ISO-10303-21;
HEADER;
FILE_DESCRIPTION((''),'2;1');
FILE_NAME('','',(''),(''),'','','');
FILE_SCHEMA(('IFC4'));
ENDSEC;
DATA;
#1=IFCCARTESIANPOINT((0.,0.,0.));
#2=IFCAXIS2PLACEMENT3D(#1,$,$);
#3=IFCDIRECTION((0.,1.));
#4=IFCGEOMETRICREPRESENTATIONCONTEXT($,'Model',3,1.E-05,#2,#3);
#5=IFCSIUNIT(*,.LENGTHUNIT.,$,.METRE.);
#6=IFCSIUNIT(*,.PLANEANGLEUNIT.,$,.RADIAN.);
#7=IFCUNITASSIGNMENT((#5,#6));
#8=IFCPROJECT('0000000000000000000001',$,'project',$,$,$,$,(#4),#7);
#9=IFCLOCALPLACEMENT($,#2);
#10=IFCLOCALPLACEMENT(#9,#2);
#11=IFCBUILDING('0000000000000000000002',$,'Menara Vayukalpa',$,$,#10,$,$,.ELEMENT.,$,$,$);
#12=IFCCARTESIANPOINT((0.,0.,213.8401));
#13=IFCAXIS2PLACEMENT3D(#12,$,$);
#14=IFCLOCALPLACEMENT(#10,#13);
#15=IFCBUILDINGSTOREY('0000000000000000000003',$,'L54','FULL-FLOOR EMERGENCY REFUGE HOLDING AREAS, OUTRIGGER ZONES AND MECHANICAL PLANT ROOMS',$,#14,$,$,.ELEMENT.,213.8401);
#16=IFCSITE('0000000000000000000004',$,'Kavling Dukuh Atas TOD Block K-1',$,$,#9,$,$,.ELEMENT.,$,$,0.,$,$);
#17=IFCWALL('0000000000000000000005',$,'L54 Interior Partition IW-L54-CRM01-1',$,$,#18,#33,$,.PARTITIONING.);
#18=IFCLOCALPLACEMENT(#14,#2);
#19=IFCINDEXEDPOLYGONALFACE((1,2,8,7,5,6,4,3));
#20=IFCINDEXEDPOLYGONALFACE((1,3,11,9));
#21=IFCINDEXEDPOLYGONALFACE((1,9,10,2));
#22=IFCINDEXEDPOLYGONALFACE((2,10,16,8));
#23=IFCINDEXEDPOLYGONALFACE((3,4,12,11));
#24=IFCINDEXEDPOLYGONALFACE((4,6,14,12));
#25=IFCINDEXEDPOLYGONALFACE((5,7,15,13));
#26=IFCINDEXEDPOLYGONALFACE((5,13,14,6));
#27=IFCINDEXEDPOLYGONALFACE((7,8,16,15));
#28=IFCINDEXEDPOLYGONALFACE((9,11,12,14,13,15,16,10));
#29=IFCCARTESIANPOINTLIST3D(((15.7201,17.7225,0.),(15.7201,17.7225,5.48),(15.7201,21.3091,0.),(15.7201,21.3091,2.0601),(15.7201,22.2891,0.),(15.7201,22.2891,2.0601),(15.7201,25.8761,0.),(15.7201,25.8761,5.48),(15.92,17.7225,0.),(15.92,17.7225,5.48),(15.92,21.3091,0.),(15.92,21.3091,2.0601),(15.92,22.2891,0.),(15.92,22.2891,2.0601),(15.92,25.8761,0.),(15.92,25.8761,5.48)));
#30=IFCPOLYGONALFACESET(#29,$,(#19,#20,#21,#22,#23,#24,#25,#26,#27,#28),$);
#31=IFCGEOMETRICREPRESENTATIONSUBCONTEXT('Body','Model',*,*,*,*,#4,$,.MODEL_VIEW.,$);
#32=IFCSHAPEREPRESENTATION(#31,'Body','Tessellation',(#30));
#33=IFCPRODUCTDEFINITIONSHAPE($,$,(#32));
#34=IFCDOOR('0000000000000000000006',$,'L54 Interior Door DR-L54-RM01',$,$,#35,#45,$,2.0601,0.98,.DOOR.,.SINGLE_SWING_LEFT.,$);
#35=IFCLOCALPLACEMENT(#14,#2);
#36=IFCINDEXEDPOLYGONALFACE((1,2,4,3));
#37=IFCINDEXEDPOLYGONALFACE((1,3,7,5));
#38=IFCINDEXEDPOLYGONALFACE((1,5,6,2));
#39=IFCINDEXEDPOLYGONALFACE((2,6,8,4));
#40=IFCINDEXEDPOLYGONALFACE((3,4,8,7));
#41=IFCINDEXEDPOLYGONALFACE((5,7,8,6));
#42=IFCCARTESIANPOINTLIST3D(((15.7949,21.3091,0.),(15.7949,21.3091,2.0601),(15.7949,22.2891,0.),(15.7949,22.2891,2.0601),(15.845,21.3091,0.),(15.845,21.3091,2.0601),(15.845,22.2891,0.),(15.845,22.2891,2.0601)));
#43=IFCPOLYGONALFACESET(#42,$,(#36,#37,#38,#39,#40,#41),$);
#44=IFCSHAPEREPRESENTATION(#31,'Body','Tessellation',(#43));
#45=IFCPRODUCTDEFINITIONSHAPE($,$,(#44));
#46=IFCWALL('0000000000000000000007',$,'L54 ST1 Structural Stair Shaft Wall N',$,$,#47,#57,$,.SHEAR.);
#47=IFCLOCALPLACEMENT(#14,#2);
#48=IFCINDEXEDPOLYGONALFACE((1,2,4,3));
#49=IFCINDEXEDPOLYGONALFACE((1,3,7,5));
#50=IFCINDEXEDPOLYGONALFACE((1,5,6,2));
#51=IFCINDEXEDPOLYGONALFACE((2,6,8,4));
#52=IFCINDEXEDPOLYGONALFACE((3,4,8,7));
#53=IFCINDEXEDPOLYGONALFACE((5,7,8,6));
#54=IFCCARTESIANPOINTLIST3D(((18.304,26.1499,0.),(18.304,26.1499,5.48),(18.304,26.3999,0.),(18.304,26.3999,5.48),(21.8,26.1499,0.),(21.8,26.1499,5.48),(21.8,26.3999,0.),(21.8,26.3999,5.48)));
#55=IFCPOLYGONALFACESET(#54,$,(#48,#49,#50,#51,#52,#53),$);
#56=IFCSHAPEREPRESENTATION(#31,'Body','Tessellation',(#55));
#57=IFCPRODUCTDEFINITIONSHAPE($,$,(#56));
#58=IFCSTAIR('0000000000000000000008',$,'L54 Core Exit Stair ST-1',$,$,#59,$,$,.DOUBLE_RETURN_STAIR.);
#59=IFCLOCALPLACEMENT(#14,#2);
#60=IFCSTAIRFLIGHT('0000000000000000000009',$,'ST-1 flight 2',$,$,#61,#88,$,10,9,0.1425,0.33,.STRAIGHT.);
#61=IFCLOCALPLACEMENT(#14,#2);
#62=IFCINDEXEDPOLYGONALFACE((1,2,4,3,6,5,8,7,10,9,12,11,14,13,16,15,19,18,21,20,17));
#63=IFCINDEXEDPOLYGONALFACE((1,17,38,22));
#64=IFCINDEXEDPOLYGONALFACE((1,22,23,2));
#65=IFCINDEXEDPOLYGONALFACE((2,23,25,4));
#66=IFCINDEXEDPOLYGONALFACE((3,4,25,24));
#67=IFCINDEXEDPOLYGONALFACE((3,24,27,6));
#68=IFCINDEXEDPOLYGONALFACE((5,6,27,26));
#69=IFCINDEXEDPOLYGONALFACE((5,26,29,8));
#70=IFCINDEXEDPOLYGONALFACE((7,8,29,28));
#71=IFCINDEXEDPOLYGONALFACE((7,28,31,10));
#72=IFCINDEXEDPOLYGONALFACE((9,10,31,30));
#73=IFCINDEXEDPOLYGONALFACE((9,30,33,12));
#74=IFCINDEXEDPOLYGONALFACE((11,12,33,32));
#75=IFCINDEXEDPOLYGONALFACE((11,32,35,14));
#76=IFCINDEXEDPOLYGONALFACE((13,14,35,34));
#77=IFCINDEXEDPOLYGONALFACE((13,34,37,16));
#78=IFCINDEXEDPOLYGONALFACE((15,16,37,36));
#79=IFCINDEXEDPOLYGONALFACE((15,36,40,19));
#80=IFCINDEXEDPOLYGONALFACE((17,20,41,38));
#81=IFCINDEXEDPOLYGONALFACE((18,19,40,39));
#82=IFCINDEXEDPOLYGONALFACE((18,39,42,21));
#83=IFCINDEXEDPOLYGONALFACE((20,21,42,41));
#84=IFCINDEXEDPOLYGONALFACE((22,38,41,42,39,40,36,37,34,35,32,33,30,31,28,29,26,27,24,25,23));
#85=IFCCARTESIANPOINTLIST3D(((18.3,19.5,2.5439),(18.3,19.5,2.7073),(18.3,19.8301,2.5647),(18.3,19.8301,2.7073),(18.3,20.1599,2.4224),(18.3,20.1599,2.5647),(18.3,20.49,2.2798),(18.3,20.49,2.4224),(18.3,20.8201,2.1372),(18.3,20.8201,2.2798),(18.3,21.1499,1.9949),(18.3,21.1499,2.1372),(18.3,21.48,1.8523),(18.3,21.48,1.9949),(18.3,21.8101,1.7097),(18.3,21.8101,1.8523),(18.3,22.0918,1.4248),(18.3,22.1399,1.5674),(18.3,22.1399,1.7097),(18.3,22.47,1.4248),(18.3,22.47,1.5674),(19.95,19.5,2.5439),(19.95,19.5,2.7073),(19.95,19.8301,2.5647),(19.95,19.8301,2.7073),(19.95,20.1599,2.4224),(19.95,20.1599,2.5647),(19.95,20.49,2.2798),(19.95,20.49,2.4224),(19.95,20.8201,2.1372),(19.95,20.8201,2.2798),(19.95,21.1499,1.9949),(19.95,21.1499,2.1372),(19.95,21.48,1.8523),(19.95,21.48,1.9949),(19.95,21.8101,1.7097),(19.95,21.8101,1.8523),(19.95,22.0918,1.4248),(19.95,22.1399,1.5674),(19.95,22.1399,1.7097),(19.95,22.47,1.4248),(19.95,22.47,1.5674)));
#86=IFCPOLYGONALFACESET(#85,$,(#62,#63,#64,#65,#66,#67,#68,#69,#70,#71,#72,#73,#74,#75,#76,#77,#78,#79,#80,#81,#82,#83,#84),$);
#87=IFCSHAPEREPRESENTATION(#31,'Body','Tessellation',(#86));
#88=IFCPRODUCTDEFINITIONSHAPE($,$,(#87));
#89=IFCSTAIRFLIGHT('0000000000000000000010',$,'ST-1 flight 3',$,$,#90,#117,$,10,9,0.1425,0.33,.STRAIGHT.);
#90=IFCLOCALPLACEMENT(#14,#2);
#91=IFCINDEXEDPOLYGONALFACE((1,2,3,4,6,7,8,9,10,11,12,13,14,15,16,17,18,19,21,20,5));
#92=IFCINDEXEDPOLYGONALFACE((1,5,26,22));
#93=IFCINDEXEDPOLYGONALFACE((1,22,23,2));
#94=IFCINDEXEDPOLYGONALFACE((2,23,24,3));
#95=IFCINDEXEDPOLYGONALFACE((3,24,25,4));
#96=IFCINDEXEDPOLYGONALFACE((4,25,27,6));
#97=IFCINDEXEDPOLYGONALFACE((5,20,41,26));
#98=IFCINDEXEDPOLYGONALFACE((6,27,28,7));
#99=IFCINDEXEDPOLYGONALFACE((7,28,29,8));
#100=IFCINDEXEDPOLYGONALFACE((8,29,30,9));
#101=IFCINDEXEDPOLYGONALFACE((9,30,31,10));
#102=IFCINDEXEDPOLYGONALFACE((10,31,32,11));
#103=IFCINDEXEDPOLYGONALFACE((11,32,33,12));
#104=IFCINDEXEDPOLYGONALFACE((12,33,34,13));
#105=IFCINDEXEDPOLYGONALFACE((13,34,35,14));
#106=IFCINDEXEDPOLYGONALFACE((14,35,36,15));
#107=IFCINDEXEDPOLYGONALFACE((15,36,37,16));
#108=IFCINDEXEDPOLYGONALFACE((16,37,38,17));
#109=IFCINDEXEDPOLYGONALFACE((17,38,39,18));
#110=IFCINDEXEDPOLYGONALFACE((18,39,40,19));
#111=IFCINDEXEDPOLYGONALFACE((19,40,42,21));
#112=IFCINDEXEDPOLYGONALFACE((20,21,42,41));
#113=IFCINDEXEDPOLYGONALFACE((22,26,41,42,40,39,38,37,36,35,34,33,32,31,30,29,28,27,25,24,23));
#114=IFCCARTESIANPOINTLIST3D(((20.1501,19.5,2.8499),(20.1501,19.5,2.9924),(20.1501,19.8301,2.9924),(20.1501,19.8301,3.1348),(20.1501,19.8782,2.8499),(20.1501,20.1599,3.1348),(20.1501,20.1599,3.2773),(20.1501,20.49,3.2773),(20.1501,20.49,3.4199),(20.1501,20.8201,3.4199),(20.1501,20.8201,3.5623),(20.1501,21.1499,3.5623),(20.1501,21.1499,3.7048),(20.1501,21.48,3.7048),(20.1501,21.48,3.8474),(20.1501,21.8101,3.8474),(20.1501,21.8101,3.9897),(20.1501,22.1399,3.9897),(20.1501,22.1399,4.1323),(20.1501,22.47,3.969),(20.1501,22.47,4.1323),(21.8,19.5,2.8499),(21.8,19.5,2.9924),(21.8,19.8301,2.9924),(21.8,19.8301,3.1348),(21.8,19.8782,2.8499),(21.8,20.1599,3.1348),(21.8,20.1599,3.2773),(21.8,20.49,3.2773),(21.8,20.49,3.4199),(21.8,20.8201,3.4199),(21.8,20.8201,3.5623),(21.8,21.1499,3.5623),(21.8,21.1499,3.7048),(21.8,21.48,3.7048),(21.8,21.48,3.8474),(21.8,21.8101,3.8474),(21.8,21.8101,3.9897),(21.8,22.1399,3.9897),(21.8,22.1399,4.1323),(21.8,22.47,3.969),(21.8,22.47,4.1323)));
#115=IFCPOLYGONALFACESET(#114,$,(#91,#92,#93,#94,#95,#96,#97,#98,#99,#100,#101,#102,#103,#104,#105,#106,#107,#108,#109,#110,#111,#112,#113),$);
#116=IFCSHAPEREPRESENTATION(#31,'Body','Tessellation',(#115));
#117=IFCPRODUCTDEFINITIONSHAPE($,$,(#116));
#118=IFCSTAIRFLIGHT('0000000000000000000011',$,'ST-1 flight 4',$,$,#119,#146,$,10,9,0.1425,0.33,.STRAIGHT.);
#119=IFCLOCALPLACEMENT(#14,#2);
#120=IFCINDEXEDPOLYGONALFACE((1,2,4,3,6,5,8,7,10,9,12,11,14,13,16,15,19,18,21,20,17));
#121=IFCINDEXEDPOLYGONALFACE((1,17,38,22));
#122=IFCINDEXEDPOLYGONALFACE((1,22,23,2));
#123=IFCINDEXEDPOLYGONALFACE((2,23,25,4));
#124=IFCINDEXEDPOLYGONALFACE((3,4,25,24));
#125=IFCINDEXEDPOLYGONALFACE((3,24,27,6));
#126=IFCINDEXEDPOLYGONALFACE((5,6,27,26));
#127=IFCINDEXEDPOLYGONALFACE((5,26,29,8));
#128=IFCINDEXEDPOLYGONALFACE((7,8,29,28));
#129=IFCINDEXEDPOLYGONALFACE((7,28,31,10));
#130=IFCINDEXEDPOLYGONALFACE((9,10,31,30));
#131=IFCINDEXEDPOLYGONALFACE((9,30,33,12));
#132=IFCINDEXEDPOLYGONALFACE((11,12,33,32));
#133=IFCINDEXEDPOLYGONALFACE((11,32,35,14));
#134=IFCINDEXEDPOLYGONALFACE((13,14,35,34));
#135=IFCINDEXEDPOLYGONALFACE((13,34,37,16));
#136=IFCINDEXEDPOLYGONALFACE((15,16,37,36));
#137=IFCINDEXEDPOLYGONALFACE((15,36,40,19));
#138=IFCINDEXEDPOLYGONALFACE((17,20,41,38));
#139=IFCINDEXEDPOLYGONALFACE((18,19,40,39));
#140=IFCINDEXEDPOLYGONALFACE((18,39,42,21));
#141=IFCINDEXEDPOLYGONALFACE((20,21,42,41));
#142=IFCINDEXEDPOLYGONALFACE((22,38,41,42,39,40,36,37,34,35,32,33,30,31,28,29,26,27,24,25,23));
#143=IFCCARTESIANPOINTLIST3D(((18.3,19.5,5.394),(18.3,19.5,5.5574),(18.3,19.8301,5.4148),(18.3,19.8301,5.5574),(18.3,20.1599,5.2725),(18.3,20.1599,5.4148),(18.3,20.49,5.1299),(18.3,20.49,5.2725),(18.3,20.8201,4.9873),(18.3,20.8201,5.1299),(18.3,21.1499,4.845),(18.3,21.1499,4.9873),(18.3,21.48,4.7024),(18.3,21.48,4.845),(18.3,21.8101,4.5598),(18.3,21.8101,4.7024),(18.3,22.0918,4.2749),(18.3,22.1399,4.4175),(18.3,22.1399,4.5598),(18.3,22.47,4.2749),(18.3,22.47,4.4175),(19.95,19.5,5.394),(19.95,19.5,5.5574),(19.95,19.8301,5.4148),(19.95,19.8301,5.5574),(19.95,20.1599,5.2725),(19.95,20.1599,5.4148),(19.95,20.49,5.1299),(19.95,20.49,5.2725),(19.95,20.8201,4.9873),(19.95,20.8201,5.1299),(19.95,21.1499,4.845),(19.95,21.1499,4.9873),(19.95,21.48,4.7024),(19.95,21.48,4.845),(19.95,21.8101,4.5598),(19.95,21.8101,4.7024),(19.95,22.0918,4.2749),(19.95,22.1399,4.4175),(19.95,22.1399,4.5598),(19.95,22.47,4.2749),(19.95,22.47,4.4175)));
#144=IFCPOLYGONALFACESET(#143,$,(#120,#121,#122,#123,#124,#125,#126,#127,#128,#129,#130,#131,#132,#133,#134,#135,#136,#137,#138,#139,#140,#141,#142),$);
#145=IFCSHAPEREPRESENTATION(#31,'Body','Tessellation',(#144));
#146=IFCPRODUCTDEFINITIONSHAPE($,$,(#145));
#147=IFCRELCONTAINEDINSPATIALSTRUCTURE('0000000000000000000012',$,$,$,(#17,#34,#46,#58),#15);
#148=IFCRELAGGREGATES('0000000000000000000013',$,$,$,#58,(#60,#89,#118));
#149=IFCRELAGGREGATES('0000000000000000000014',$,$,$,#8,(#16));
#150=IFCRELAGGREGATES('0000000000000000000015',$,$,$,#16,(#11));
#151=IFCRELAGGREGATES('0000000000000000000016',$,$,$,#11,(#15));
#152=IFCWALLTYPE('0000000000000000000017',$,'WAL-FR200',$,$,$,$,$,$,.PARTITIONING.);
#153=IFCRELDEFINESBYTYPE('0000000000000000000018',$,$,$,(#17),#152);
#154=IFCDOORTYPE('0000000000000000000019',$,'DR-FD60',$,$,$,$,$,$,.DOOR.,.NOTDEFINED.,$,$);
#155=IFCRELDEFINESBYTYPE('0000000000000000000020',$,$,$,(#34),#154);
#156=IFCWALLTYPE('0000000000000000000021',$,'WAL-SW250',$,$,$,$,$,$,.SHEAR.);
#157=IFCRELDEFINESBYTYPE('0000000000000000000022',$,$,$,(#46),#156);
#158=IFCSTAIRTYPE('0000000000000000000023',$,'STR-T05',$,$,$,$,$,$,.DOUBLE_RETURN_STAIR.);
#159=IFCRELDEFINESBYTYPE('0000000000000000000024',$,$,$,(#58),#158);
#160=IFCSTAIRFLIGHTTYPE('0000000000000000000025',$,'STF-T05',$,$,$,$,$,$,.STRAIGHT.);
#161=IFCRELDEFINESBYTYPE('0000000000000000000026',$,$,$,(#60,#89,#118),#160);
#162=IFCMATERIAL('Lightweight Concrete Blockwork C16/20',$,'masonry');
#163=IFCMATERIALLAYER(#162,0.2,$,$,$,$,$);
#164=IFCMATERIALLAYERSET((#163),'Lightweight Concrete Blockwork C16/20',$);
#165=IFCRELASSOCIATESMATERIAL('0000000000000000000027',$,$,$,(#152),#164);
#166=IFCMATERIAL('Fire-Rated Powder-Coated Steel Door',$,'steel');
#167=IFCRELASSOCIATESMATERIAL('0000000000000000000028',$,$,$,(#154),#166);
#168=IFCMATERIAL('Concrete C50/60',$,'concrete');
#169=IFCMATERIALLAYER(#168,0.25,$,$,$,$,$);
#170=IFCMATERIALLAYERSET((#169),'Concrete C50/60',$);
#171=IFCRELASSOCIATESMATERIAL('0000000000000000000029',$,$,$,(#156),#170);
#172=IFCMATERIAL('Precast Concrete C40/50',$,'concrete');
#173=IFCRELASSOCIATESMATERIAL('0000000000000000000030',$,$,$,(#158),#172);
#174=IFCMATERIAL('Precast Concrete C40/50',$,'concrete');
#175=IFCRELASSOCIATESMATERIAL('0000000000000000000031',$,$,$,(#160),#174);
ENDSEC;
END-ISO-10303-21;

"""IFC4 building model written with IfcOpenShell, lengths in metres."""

from ifc_helpers import new_model, si_unit, direction, frame, frame_2d, origin, place, context, subcontext, project, spatial, polyline, rectangle, outline, extrude, material, layer, layer_set, type_object, element, fill, aggregate, save


model = new_model("IFC4")

# Units and contexts
model_context = context("Model", 3, precision=1e-05, world=origin(), true_north=direction((0.0, 1.0)))
body_context = subcontext(model_context, "Body", "Model", "MODEL_VIEW")
ifc_project = project(units=[si_unit("LENGTHUNIT", "METRE"), si_unit("PLANEANGLEUNIT", "RADIAN")], contexts=[model_context])

# Site, building, storey
site_placement = place(None, origin())
site = spatial("IfcSite", under=ifc_project, at=site_placement, Name="Kavling Dukuh Atas TOD Block K-1", CompositionType="ELEMENT", RefElevation=0.0)
building_placement = place(site_placement, origin())
building = spatial("IfcBuilding", under=site, at=building_placement, Name="Menara Vayukalpa", CompositionType="ELEMENT")
storey_placement = place(building_placement, frame((0.0, 0.0, 213.8401)))
storey = spatial("IfcBuildingStorey", under=building, at=storey_placement, Name="L54", Description="FULL-FLOOR EMERGENCY REFUGE HOLDING AREAS, OUTRIGGER ZONES AND MECHANICAL PLANT ROOMS", CompositionType="ELEMENT", Elevation=213.8401)

# Wall, opening, door
ifc_material_1 = material(Name="Lightweight Concrete Blockwork C16/20", Category="masonry")
ifc_layer_1 = layer(ifc_material_1, 0.2)
ifc_layer_set_1 = layer_set([ifc_layer_1], Name="Lightweight Concrete Blockwork C16/20")
wall_type_1 = type_object("IfcWallType", Name="WAL-FR200", PredefinedType="PARTITIONING", material=ifc_layer_set_1)
wall_1_placement = place(storey_placement, frame((15.8201, 25.876, 0.0), z_axis=(0.0, 0.0, 1.0), x_axis=(0.0, -1.0, 0.0)))
wall_1 = element("IfcWall", 1, at=wall_1_placement, inside=storey, type_object=wall_type_1, Name="L54 Interior Partition IW-L54-CRM01-1", PredefinedType="PARTITIONING", context=body_context, shape_type="SweptSolid", body=[
    extrude(rectangle(XDim=8.1536, YDim=0.2, at=frame_2d((4.0767, 0.0))), origin(), (0.0, 0.0, 1.0), 5.48),
])
opening_placement = place(wall_1_placement, frame((3.5869, 0.0, 0.0)))
opening = element("IfcOpeningElement", 2, at=opening_placement, cuts=wall_1, PredefinedType="OPENING", context=body_context, shape_type="SweptSolid", body=[
    extrude(rectangle(XDim=0.98, YDim=2.0601, at=frame_2d((0.49, 1.03))), frame((0.0, 0.1099, 0.0), z_axis=(0.0, -1.0, 0.0), x_axis=(1.0, 0.0, 0.0)), (0.0, 0.0, 1.0), 0.22),
])
ifc_material_2 = material(Name="Fire-Rated Powder-Coated Steel Door", Category="steel")
door_type = type_object("IfcDoorType", Name="DR-FD60", OperationType="NOTDEFINED", PredefinedType="DOOR", material=ifc_material_2)
door_placement = place(opening_placement, origin())
door = element("IfcDoor", 3, at=door_placement, inside=storey, type_object=door_type, Name="L54 Interior Door DR-L54-RM01", OperationType="SINGLE_SWING_LEFT", OverallHeight=2.0601, OverallWidth=0.98, PredefinedType="DOOR", context=body_context, shape_type="SweptSolid", body=[
    extrude(rectangle(XDim=0.98, YDim=2.0601, at=frame_2d((0.49, 1.03))), frame((0.0, 0.0249, 0.0), z_axis=(0.0, -1.0, 0.0), x_axis=(1.0, 0.0, 0.0)), (0.0, 0.0, 1.0), 0.05),
])
fill(opening, door)

# Wall
ifc_material_3 = material(Name="Concrete C50/60", Category="concrete")
ifc_layer_2 = layer(ifc_material_3, 0.25)
ifc_layer_set_2 = layer_set([ifc_layer_2], Name="Concrete C50/60")
wall_type_2 = type_object("IfcWallType", Name="WAL-SW250", PredefinedType="SHEAR", material=ifc_layer_set_2)
wall_2_placement = place(storey_placement, frame((18.304, 26.2749, 0.0), z_axis=(0.0, 0.0, 1.0), x_axis=(1.0, 0.0, 0.0)))
element("IfcWall", 4, at=wall_2_placement, inside=storey, type_object=wall_type_2, Name="L54 ST1 Structural Stair Shaft Wall N", PredefinedType="SHEAR", context=body_context, shape_type="SweptSolid", body=[
    extrude(rectangle(XDim=3.4961, YDim=0.25, at=frame_2d((1.748, 0.0))), origin(), (0.0, 0.0, 1.0), 5.48),
])

# Stair, stair flights
ifc_material_4 = material(Name="Precast Concrete C40/50", Category="concrete")
stair_type = type_object("IfcStairType", Name="STR-T05", PredefinedType="DOUBLE_RETURN_STAIR", material=ifc_material_4)
stair_placement = place(storey_placement, origin())
stair = element("IfcStair", 5, at=stair_placement, inside=storey, type_object=stair_type, Name="L54 Core Exit Stair ST-1", PredefinedType="DOUBLE_RETURN_STAIR")
ifc_material_5 = material(Name="Precast Concrete C40/50", Category="concrete")
stair_flight_type = type_object("IfcStairFlightType", Name="STF-T05", PredefinedType="STRAIGHT", material=ifc_material_5)
stair_flight_1_placement = place(storey_placement, frame((19.125, 22.47, 1.4248), z_axis=(0.0, 0.0, 1.0), x_axis=(0.0, -1.0, 0.0)))
stair_flight_1 = element("IfcStairFlight", 6, at=stair_flight_1_placement, type_object=stair_flight_type, Name="ST-1 flight 2", NumberOfRisers=10, NumberOfTreads=9, PredefinedType="STRAIGHT", RiserHeight=0.1425, TreadLength=0.33, context=body_context, shape_type="SweptSolid", body=[
    extrude(outline(polyline([(0.0, 0.0), (0.0, 0.1426), (0.3301, 0.1426), (0.3301, 0.2849), (0.6599, 0.2849), (0.6599, 0.4275), (0.99, 0.4275), (0.99, 0.5701), (1.3201, 0.5701), (1.3201, 0.7124), (1.6499, 0.7124), (1.6499, 0.855), (1.98, 0.855), (1.98, 0.9976), (2.3101, 0.9976), (2.3101, 1.1399), (2.6399, 1.1399), (2.6399, 1.2825), (2.97, 1.2825), (2.97, 1.425), (2.97, 1.1191), (0.3782, 0.0), (0.0, 0.0)])), frame((0.0, 0.825, 0.0), z_axis=(0.0, -1.0, 0.0), x_axis=(1.0, 0.0, 0.0)), (0.0, 0.0, 1.0), 1.6499),
])
stair_flight_2_placement = place(storey_placement, frame((20.9751, 19.5, 2.8499), z_axis=(0.0, 0.0, 1.0), x_axis=(0.0, 1.0, 0.0)))
stair_flight_2 = element("IfcStairFlight", 7, at=stair_flight_2_placement, type_object=stair_flight_type, Name="ST-1 flight 3", NumberOfRisers=10, NumberOfTreads=9, PredefinedType="STRAIGHT", RiserHeight=0.1425, TreadLength=0.33, context=body_context, shape_type="SweptSolid", body=[
    extrude(outline(polyline([(0.0, 0.0), (0.0, 0.1426), (0.3301, 0.1426), (0.3301, 0.2849), (0.6599, 0.2849), (0.6599, 0.4275), (0.99, 0.4275), (0.99, 0.5701), (1.3201, 0.5701), (1.3201, 0.7124), (1.6499, 0.7124), (1.6499, 0.855), (1.98, 0.855), (1.98, 0.9976), (2.3101, 0.9976), (2.3101, 1.1399), (2.6399, 1.1399), (2.6399, 1.2825), (2.97, 1.2825), (2.97, 1.425), (2.97, 1.1191), (0.3782, 0.0), (0.0, 0.0)])), frame((0.0, 0.825, 0.0), z_axis=(0.0, -1.0, 0.0), x_axis=(1.0, 0.0, 0.0)), (0.0, 0.0, 1.0), 1.6499),
])
stair_flight_3_placement = place(storey_placement, frame((19.125, 22.47, 4.2749), z_axis=(0.0, 0.0, 1.0), x_axis=(0.0, -1.0, 0.0)))
stair_flight_3 = element("IfcStairFlight", 8, at=stair_flight_3_placement, type_object=stair_flight_type, Name="ST-1 flight 4", NumberOfRisers=10, NumberOfTreads=9, PredefinedType="STRAIGHT", RiserHeight=0.1425, TreadLength=0.33, context=body_context, shape_type="SweptSolid", body=[
    extrude(outline(polyline([(0.0, 0.0), (0.0, 0.1426), (0.3301, 0.1426), (0.3301, 0.2849), (0.6599, 0.2849), (0.6599, 0.4275), (0.99, 0.4275), (0.99, 0.5701), (1.3201, 0.5701), (1.3201, 0.7124), (1.6499, 0.7124), (1.6499, 0.855), (1.98, 0.855), (1.98, 0.9976), (2.3101, 0.9976), (2.3101, 1.1399), (2.6399, 1.1399), (2.6399, 1.2825), (2.97, 1.2825), (2.97, 1.425), (2.97, 1.1191), (0.3782, 0.0), (0.0, 0.0)])), frame((0.0, 0.825, 0.0), z_axis=(0.0, -1.0, 0.0), x_axis=(1.0, 0.0, 0.0)), (0.0, 0.0, 1.0), 1.6499),
])
aggregate(stair, [stair_flight_1, stair_flight_2, stair_flight_3])

save(model, "model.ifc")
